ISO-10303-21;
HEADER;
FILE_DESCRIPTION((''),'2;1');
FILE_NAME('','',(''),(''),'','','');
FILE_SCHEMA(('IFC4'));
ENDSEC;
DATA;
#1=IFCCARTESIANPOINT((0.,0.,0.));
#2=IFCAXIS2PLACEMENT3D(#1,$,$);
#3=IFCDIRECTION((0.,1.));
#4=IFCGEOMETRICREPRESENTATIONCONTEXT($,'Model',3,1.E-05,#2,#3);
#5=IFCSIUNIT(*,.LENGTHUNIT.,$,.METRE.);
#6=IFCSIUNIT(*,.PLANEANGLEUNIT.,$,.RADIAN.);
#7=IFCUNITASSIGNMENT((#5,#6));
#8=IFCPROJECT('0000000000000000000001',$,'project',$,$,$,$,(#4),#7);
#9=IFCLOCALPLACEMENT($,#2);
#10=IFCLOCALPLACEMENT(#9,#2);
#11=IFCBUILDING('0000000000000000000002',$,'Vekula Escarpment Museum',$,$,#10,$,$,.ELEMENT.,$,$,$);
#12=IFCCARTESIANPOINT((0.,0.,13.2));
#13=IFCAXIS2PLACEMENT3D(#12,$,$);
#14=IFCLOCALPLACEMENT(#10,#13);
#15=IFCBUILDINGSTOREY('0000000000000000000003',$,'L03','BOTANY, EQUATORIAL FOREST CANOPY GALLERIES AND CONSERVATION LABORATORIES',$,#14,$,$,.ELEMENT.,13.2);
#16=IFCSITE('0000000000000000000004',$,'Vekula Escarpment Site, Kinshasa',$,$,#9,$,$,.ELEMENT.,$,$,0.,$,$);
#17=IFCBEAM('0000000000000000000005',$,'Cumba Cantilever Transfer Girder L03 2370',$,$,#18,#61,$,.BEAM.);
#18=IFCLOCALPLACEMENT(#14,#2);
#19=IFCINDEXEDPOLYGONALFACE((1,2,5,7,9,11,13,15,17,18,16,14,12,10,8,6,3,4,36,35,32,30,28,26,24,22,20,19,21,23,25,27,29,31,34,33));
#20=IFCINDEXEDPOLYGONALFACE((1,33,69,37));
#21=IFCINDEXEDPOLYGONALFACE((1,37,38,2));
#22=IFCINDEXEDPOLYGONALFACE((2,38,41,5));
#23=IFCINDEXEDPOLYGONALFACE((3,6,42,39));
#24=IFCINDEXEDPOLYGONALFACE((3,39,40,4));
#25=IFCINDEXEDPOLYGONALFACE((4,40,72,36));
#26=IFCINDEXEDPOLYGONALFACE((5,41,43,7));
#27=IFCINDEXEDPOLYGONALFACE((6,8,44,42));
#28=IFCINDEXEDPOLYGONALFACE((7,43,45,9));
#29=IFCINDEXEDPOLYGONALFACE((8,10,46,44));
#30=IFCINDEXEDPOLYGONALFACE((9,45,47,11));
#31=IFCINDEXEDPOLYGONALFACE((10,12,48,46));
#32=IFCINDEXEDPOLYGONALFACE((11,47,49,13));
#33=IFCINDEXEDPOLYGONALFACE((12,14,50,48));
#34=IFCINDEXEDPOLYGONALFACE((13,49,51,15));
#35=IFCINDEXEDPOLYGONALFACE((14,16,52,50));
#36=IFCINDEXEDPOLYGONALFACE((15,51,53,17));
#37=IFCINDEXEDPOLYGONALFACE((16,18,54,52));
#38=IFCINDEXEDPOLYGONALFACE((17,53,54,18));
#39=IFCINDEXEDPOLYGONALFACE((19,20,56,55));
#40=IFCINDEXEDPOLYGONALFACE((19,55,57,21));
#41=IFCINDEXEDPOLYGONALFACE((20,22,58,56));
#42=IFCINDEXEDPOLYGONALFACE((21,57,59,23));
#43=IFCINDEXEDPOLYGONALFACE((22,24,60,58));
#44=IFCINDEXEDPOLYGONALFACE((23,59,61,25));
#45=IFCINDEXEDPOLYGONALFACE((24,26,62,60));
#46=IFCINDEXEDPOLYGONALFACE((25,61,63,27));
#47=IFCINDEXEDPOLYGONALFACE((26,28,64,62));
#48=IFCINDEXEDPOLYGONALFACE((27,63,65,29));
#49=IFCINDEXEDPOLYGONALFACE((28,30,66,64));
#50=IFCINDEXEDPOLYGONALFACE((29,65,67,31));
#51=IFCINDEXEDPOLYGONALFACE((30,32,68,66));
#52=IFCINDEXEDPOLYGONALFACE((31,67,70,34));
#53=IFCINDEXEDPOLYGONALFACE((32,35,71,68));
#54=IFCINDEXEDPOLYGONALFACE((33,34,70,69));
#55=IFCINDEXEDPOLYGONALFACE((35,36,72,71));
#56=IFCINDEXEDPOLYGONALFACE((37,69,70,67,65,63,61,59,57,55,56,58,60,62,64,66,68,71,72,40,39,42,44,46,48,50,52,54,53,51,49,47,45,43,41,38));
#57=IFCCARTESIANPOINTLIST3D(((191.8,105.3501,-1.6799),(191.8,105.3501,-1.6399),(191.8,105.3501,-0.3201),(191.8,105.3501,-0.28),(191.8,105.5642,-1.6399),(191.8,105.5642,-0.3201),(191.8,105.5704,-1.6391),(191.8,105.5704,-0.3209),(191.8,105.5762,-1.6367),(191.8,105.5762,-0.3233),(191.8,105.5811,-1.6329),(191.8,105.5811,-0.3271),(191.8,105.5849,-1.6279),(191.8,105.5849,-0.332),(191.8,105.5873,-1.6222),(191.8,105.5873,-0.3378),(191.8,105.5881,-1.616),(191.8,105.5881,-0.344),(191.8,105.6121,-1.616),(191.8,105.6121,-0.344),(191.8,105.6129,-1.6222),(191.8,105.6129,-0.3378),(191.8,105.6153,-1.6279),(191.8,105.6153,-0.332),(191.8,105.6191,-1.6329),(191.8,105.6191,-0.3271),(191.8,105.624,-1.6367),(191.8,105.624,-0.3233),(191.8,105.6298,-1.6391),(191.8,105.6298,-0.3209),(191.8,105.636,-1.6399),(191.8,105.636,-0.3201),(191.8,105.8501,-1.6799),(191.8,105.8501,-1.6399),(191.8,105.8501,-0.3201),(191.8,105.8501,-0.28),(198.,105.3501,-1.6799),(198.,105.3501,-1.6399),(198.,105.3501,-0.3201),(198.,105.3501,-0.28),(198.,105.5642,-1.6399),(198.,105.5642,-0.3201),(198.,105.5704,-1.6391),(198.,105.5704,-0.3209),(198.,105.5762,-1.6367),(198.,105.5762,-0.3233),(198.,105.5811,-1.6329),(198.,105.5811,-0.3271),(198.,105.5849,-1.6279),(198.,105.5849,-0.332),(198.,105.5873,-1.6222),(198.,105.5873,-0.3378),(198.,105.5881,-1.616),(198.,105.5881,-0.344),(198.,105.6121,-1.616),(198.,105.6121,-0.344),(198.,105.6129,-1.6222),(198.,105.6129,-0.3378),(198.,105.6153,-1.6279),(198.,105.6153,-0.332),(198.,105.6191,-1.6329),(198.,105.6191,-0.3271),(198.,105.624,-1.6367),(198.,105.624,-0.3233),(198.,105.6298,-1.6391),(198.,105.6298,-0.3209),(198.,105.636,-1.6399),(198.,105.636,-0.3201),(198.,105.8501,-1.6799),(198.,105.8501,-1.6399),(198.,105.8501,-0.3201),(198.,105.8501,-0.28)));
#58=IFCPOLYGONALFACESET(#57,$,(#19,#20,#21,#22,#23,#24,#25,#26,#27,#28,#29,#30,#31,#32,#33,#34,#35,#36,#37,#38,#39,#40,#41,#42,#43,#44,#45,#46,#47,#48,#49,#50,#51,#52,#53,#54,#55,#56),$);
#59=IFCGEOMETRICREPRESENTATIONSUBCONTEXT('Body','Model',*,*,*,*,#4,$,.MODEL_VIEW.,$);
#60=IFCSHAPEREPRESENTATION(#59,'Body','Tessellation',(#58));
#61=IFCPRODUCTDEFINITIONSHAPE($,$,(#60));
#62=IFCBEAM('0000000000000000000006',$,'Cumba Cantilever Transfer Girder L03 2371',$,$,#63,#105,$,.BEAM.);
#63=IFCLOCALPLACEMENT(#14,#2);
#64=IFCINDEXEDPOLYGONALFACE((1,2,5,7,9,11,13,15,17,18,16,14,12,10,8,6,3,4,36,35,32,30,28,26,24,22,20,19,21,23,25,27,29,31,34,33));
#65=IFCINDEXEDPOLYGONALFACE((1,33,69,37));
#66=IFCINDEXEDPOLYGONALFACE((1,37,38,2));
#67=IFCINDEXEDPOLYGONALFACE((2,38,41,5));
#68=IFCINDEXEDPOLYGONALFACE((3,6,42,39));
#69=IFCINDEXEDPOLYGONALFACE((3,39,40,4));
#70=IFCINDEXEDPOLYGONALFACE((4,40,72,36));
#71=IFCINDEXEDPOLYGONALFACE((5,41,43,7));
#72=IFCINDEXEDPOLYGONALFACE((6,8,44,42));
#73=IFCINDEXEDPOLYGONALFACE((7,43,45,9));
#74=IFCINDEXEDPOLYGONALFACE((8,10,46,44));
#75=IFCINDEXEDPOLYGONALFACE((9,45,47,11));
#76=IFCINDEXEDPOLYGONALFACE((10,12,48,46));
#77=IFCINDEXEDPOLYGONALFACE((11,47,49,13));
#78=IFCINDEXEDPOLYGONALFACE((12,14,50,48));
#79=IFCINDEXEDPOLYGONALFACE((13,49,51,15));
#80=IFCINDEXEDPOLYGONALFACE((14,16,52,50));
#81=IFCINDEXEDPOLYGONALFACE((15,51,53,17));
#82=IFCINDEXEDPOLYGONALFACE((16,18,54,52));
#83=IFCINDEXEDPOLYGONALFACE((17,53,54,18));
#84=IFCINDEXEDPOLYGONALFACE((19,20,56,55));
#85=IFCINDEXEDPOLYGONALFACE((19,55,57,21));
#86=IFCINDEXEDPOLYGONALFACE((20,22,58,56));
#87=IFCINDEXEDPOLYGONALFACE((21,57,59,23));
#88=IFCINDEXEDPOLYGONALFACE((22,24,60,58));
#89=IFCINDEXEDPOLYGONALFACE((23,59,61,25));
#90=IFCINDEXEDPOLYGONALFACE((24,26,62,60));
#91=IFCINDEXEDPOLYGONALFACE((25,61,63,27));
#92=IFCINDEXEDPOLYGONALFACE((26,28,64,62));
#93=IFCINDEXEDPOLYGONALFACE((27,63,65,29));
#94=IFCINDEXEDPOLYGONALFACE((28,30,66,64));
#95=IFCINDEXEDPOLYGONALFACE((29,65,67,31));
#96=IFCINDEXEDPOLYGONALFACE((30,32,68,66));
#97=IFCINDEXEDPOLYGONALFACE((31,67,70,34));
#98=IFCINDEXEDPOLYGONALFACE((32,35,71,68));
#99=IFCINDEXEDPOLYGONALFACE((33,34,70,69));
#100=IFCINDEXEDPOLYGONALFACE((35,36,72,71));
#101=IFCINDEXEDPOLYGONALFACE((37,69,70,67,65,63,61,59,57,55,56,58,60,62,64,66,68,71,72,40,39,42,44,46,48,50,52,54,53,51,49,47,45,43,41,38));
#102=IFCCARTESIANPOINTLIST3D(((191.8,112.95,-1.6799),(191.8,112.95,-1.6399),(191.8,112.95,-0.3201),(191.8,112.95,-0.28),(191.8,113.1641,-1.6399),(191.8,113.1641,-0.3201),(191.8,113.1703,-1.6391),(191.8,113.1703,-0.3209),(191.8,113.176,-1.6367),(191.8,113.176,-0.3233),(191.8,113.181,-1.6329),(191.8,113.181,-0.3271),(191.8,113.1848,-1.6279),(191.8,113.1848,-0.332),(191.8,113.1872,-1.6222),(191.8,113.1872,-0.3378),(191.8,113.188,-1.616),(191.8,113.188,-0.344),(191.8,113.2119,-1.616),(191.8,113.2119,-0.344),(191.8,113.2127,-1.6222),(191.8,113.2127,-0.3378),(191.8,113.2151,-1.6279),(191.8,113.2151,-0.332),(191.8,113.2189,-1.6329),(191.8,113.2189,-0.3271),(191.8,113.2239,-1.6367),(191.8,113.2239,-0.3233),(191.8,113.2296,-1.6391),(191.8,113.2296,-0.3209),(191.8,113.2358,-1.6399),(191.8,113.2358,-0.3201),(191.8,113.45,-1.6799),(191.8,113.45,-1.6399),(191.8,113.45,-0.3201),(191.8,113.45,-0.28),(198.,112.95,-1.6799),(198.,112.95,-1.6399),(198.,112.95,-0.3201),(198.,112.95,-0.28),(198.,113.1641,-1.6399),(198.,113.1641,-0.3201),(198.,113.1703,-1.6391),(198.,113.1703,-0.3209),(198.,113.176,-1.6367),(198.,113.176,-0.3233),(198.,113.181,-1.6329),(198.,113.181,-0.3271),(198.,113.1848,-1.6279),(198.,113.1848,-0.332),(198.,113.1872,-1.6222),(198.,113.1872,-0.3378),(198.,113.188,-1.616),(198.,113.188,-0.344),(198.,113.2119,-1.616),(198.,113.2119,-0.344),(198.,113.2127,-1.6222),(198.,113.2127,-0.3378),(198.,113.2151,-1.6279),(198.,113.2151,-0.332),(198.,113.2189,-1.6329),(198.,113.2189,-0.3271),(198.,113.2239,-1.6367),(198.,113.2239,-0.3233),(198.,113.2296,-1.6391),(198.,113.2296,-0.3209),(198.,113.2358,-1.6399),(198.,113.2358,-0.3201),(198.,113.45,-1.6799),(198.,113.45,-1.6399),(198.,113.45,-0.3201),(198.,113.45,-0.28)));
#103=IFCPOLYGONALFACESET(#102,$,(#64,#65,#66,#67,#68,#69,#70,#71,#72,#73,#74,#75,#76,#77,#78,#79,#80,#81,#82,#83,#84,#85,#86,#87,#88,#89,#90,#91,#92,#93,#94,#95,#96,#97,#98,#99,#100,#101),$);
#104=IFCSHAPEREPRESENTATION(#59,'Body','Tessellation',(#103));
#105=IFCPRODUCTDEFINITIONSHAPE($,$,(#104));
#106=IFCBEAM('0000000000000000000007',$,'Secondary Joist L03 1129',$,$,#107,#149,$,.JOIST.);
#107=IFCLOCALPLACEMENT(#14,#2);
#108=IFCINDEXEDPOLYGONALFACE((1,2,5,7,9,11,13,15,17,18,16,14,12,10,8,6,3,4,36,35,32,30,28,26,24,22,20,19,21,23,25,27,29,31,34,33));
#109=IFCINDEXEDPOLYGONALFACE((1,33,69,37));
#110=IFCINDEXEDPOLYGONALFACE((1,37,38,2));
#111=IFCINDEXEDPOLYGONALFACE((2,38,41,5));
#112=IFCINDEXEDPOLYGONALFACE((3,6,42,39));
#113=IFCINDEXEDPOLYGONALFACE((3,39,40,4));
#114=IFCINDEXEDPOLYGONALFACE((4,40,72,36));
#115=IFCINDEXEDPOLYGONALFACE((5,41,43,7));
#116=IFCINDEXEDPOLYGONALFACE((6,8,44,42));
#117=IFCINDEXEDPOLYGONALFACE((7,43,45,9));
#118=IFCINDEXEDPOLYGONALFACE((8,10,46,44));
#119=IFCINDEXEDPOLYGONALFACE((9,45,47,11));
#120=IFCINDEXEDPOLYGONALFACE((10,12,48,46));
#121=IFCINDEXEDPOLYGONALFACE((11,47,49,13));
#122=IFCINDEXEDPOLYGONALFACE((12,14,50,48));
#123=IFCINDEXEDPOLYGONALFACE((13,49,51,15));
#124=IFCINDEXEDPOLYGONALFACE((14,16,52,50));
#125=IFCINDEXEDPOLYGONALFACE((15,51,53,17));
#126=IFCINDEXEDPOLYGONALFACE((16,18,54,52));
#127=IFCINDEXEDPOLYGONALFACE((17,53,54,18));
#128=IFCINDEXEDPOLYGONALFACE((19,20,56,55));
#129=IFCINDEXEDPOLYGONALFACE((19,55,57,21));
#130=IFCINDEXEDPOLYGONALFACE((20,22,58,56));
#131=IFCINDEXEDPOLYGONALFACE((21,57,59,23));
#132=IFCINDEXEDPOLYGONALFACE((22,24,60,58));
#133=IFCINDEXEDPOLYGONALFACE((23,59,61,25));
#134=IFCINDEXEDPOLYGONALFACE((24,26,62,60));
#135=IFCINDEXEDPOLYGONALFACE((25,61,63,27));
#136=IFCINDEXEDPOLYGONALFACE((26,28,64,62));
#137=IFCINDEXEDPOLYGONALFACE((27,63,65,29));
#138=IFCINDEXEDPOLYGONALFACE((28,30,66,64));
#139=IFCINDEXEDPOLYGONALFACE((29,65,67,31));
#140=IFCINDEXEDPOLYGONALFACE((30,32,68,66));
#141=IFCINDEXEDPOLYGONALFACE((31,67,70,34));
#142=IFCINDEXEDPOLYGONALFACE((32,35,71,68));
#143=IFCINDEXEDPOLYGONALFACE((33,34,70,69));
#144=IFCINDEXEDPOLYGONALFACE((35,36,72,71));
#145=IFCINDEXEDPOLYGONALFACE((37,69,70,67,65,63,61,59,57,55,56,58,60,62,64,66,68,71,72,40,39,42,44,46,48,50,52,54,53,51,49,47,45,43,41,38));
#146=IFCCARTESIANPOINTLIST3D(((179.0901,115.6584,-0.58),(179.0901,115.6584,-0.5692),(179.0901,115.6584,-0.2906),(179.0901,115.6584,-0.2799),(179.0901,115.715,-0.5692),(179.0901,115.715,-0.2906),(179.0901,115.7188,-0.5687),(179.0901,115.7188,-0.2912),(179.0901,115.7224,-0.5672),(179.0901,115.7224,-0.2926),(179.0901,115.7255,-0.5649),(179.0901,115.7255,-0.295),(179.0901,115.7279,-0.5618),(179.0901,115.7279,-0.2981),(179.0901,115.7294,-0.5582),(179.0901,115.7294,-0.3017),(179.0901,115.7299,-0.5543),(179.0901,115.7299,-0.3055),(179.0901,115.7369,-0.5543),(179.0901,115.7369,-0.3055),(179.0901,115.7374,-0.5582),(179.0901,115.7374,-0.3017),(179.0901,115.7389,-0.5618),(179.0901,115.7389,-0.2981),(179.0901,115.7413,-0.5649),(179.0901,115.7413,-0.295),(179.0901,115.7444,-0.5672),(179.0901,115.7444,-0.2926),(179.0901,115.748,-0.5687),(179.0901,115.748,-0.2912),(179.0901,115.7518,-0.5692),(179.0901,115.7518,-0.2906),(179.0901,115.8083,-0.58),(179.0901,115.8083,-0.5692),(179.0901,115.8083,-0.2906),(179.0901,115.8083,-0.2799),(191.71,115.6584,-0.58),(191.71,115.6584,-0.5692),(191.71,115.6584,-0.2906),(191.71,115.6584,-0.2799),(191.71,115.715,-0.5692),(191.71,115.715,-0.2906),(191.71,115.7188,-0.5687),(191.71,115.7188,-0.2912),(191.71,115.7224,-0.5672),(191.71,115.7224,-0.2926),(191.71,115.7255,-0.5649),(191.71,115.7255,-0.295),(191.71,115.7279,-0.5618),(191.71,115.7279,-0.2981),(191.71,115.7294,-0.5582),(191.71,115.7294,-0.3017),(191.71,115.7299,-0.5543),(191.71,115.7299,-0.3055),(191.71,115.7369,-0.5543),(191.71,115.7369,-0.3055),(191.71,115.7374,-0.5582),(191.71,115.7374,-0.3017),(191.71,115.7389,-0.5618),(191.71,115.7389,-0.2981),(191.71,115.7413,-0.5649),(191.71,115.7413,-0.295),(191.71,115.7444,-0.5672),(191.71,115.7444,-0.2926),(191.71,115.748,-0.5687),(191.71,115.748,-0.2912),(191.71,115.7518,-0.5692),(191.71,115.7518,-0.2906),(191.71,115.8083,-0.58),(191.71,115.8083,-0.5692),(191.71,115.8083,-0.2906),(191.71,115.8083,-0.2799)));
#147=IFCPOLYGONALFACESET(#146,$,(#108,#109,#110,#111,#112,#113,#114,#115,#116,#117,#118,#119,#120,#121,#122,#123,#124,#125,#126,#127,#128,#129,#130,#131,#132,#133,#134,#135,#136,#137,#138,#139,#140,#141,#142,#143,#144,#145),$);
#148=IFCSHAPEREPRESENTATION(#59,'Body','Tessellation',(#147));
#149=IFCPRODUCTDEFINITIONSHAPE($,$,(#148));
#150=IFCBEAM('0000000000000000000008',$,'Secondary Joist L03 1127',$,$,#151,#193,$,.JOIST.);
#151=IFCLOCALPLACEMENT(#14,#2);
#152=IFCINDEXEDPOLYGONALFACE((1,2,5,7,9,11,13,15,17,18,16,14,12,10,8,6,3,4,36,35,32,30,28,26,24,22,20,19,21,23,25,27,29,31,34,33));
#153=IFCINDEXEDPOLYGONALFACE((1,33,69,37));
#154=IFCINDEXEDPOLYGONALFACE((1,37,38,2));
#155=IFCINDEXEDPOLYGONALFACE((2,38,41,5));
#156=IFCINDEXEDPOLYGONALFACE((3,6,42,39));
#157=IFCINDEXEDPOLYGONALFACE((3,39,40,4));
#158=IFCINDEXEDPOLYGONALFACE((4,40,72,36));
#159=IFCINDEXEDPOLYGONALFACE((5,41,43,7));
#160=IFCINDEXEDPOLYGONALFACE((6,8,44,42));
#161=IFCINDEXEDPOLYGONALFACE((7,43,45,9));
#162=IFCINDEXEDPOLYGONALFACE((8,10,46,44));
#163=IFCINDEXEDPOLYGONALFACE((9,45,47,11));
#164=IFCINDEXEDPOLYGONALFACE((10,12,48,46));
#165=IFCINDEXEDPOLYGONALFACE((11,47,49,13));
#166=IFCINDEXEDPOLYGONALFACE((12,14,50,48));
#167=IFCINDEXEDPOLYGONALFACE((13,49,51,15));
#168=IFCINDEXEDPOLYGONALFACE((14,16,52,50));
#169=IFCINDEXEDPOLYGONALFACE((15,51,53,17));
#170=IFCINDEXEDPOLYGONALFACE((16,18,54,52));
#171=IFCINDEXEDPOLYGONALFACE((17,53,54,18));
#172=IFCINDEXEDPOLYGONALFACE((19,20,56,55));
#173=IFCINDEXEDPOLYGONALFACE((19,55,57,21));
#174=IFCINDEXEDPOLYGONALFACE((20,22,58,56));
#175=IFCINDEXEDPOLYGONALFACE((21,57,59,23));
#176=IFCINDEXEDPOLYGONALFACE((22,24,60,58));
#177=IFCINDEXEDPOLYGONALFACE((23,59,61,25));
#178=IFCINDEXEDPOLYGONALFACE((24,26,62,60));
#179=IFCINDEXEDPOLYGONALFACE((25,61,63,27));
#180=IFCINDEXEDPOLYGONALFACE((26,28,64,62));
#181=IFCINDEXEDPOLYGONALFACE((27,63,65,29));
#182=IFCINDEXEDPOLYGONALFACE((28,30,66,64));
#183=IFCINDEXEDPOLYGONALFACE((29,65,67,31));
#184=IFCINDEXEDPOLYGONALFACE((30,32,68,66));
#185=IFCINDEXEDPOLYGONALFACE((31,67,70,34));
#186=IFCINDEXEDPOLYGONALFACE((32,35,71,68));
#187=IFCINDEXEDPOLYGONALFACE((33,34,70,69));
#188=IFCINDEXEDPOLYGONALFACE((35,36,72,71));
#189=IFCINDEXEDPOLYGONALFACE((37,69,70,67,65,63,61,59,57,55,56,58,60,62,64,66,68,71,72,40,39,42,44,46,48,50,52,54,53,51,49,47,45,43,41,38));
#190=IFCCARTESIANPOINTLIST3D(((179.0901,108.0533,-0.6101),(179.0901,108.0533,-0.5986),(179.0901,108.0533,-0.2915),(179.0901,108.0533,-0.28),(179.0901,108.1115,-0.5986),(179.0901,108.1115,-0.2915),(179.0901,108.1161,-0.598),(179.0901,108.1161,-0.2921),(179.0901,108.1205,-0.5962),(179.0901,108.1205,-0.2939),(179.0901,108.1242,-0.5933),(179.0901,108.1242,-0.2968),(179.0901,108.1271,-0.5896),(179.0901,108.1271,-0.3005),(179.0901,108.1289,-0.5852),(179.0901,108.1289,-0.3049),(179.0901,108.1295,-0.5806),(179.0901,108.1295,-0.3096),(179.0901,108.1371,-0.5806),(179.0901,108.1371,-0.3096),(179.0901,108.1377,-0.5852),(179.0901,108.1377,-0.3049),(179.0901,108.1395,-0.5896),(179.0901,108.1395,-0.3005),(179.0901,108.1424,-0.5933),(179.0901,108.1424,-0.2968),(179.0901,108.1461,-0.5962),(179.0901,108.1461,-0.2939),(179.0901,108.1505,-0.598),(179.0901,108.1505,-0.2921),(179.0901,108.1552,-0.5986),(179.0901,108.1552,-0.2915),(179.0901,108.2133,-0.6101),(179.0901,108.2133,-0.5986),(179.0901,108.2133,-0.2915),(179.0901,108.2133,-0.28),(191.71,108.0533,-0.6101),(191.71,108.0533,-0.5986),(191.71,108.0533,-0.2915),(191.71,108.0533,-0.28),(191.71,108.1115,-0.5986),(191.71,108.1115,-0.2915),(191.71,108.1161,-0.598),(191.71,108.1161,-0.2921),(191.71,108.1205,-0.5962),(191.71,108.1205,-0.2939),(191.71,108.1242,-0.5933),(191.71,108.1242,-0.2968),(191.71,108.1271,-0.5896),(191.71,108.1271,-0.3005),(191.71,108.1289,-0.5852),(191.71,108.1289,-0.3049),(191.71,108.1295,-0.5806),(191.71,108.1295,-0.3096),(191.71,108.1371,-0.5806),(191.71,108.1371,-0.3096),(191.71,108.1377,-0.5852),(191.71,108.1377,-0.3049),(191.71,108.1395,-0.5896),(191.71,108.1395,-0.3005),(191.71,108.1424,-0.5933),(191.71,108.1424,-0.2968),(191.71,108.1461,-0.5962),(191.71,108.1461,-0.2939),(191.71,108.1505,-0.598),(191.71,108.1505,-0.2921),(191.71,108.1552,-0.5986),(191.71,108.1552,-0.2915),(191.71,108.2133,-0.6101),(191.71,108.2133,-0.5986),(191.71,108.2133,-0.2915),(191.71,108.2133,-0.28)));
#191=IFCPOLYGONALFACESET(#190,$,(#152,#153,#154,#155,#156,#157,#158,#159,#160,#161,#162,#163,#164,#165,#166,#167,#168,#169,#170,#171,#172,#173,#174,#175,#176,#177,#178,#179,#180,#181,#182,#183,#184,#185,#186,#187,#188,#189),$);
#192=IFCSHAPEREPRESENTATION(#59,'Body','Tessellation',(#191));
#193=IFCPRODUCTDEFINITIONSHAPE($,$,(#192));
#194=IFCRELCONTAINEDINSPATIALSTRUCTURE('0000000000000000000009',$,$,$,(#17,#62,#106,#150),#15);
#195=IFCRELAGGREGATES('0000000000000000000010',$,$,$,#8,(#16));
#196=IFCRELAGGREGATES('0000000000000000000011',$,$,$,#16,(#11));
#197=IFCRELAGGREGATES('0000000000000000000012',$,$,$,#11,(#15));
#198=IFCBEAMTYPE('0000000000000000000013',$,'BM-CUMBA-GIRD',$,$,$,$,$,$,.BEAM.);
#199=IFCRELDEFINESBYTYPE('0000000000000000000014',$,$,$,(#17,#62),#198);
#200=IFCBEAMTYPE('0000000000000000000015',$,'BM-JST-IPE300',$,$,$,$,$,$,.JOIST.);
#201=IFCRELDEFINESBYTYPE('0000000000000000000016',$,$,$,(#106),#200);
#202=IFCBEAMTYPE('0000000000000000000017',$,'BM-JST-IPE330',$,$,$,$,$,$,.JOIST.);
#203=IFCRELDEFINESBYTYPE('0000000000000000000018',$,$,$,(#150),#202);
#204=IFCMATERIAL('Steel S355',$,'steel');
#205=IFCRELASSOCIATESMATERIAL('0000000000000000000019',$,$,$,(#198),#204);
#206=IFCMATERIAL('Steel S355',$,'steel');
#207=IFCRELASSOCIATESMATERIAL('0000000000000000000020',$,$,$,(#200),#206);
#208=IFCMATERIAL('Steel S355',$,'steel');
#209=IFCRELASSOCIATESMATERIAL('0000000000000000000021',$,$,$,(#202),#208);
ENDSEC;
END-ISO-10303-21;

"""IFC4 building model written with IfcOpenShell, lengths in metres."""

from ifc_helpers import new_model, si_unit, direction, frame, origin, origin_2d, place, context, subcontext, project, spatial, i_section, extrude, material, material_profile, profile_set, type_object, element, save


model = new_model("IFC4")

# Units and contexts
model_context = context("Model", 3, precision=1e-05, world=origin(), true_north=direction((0.0, 1.0)))
body_context = subcontext(model_context, "Body", "Model", "MODEL_VIEW")
ifc_project = project(units=[si_unit("LENGTHUNIT", "METRE"), si_unit("PLANEANGLEUNIT", "RADIAN")], contexts=[model_context])

# Site, building, storey
site_placement = place(None, origin())
site = spatial("IfcSite", under=ifc_project, at=site_placement, Name="Vekula Escarpment Site, Kinshasa", CompositionType="ELEMENT", RefElevation=0.0)
building_placement = place(site_placement, origin())
building = spatial("IfcBuilding", under=site, at=building_placement, Name="Vekula Escarpment Museum", CompositionType="ELEMENT")
storey_placement = place(building_placement, frame((0.0, 0.0, 13.2)))
storey = spatial("IfcBuildingStorey", under=building, at=storey_placement, Name="L03", Description="BOTANY, EQUATORIAL FOREST CANOPY GALLERIES AND CONSERVATION LABORATORIES", CompositionType="ELEMENT", Elevation=13.2)

# Beams
ifc_material_1 = material(Name="Steel S355", Category="steel")
ifc_material_profile_1 = material_profile(ifc_material_1, i_section(OverallWidth=0.5, OverallDepth=1.3999, WebThickness=0.0239, FlangeThickness=0.04, FilletRadius=0.0239, at=origin_2d()), Name="WPG 1400x500")
ifc_profile_set_1 = profile_set([ifc_material_profile_1], Name="Steel S355")
beam_type_1 = type_object("IfcBeamType", Name="BM-CUMBA-GIRD", PredefinedType="BEAM", material=ifc_profile_set_1)
for number, where, z_axis, x_axis, name in (
    (1, (191.8, 105.6001, -0.98), (1.0, 0.0, 0.0), (0.0, 1.0, 0.0), "Cumba Cantilever Transfer Girder L03 2370"),
    (2, (191.8, 113.2, -0.98), (1.0, 0.0, 0.0), (0.0, 1.0, 0.0), "Cumba Cantilever Transfer Girder L03 2371"),
):
    element("IfcBeam", number, at=place(storey_placement, frame(where, z_axis=z_axis, x_axis=x_axis)), inside=storey, type_object=beam_type_1, Name=name, PredefinedType="BEAM", context=body_context, shape_type="SweptSolid", body=[
        extrude(i_section(OverallWidth=0.5, OverallDepth=1.3999, WebThickness=0.0239, FlangeThickness=0.04, FilletRadius=0.0239, at=origin_2d()), origin(), (0.0, 0.0, 1.0), 6.2),
    ])
ifc_material_2 = material(Name="Steel S355", Category="steel")
ifc_material_profile_2 = material_profile(ifc_material_2, i_section(OverallWidth=0.1499, OverallDepth=0.3, WebThickness=0.0071, FlangeThickness=0.0107, FilletRadius=0.0149, at=origin_2d()), Name="IPE 300")
ifc_profile_set_2 = profile_set([ifc_material_profile_2], Name="Steel S355")
beam_type_2 = type_object("IfcBeamType", Name="BM-JST-IPE300", PredefinedType="JOIST", material=ifc_profile_set_2)
beam_1_placement = place(storey_placement, frame((179.0901, 115.7334, -0.4299), z_axis=(1.0, 0.0, 0.0), x_axis=(0.0, 1.0, 0.0)))
element("IfcBeam", 3, at=beam_1_placement, inside=storey, type_object=beam_type_2, Name="Secondary Joist L03 1129", PredefinedType="JOIST", context=body_context, shape_type="SweptSolid", body=[
    extrude(i_section(OverallWidth=0.1499, OverallDepth=0.3, WebThickness=0.0071, FlangeThickness=0.0107, FilletRadius=0.0149, at=origin_2d()), origin(), (0.0, 0.0, 1.0), 12.6199),
])
ifc_material_3 = material(Name="Steel S355", Category="steel")
ifc_material_profile_3 = material_profile(ifc_material_3, i_section(OverallWidth=0.1599, OverallDepth=0.3301, WebThickness=0.0076, FlangeThickness=0.0115, FilletRadius=0.0181, at=origin_2d()), Name="IPE 330")
ifc_profile_set_3 = profile_set([ifc_material_profile_3], Name="Steel S355")
beam_type_3 = type_object("IfcBeamType", Name="BM-JST-IPE330", PredefinedType="JOIST", material=ifc_profile_set_3)
for number, where, z_axis, x_axis, name in (
    (4, (179.0901, 108.1333, -0.4451), (1.0, 0.0, 0.0), (0.0, 1.0, 0.0), "Secondary Joist L03 1127"),
):
    element("IfcBeam", number, at=place(storey_placement, frame(where, z_axis=z_axis, x_axis=x_axis)), inside=storey, type_object=beam_type_3, Name=name, PredefinedType="JOIST", context=body_context, shape_type="SweptSolid", body=[
        extrude(i_section(OverallWidth=0.1599, OverallDepth=0.3301, WebThickness=0.0076, FlangeThickness=0.0115, FilletRadius=0.0181, at=origin_2d()), origin(), (0.0, 0.0, 1.0), 12.6199),
    ])

save(model, "model.ifc")
